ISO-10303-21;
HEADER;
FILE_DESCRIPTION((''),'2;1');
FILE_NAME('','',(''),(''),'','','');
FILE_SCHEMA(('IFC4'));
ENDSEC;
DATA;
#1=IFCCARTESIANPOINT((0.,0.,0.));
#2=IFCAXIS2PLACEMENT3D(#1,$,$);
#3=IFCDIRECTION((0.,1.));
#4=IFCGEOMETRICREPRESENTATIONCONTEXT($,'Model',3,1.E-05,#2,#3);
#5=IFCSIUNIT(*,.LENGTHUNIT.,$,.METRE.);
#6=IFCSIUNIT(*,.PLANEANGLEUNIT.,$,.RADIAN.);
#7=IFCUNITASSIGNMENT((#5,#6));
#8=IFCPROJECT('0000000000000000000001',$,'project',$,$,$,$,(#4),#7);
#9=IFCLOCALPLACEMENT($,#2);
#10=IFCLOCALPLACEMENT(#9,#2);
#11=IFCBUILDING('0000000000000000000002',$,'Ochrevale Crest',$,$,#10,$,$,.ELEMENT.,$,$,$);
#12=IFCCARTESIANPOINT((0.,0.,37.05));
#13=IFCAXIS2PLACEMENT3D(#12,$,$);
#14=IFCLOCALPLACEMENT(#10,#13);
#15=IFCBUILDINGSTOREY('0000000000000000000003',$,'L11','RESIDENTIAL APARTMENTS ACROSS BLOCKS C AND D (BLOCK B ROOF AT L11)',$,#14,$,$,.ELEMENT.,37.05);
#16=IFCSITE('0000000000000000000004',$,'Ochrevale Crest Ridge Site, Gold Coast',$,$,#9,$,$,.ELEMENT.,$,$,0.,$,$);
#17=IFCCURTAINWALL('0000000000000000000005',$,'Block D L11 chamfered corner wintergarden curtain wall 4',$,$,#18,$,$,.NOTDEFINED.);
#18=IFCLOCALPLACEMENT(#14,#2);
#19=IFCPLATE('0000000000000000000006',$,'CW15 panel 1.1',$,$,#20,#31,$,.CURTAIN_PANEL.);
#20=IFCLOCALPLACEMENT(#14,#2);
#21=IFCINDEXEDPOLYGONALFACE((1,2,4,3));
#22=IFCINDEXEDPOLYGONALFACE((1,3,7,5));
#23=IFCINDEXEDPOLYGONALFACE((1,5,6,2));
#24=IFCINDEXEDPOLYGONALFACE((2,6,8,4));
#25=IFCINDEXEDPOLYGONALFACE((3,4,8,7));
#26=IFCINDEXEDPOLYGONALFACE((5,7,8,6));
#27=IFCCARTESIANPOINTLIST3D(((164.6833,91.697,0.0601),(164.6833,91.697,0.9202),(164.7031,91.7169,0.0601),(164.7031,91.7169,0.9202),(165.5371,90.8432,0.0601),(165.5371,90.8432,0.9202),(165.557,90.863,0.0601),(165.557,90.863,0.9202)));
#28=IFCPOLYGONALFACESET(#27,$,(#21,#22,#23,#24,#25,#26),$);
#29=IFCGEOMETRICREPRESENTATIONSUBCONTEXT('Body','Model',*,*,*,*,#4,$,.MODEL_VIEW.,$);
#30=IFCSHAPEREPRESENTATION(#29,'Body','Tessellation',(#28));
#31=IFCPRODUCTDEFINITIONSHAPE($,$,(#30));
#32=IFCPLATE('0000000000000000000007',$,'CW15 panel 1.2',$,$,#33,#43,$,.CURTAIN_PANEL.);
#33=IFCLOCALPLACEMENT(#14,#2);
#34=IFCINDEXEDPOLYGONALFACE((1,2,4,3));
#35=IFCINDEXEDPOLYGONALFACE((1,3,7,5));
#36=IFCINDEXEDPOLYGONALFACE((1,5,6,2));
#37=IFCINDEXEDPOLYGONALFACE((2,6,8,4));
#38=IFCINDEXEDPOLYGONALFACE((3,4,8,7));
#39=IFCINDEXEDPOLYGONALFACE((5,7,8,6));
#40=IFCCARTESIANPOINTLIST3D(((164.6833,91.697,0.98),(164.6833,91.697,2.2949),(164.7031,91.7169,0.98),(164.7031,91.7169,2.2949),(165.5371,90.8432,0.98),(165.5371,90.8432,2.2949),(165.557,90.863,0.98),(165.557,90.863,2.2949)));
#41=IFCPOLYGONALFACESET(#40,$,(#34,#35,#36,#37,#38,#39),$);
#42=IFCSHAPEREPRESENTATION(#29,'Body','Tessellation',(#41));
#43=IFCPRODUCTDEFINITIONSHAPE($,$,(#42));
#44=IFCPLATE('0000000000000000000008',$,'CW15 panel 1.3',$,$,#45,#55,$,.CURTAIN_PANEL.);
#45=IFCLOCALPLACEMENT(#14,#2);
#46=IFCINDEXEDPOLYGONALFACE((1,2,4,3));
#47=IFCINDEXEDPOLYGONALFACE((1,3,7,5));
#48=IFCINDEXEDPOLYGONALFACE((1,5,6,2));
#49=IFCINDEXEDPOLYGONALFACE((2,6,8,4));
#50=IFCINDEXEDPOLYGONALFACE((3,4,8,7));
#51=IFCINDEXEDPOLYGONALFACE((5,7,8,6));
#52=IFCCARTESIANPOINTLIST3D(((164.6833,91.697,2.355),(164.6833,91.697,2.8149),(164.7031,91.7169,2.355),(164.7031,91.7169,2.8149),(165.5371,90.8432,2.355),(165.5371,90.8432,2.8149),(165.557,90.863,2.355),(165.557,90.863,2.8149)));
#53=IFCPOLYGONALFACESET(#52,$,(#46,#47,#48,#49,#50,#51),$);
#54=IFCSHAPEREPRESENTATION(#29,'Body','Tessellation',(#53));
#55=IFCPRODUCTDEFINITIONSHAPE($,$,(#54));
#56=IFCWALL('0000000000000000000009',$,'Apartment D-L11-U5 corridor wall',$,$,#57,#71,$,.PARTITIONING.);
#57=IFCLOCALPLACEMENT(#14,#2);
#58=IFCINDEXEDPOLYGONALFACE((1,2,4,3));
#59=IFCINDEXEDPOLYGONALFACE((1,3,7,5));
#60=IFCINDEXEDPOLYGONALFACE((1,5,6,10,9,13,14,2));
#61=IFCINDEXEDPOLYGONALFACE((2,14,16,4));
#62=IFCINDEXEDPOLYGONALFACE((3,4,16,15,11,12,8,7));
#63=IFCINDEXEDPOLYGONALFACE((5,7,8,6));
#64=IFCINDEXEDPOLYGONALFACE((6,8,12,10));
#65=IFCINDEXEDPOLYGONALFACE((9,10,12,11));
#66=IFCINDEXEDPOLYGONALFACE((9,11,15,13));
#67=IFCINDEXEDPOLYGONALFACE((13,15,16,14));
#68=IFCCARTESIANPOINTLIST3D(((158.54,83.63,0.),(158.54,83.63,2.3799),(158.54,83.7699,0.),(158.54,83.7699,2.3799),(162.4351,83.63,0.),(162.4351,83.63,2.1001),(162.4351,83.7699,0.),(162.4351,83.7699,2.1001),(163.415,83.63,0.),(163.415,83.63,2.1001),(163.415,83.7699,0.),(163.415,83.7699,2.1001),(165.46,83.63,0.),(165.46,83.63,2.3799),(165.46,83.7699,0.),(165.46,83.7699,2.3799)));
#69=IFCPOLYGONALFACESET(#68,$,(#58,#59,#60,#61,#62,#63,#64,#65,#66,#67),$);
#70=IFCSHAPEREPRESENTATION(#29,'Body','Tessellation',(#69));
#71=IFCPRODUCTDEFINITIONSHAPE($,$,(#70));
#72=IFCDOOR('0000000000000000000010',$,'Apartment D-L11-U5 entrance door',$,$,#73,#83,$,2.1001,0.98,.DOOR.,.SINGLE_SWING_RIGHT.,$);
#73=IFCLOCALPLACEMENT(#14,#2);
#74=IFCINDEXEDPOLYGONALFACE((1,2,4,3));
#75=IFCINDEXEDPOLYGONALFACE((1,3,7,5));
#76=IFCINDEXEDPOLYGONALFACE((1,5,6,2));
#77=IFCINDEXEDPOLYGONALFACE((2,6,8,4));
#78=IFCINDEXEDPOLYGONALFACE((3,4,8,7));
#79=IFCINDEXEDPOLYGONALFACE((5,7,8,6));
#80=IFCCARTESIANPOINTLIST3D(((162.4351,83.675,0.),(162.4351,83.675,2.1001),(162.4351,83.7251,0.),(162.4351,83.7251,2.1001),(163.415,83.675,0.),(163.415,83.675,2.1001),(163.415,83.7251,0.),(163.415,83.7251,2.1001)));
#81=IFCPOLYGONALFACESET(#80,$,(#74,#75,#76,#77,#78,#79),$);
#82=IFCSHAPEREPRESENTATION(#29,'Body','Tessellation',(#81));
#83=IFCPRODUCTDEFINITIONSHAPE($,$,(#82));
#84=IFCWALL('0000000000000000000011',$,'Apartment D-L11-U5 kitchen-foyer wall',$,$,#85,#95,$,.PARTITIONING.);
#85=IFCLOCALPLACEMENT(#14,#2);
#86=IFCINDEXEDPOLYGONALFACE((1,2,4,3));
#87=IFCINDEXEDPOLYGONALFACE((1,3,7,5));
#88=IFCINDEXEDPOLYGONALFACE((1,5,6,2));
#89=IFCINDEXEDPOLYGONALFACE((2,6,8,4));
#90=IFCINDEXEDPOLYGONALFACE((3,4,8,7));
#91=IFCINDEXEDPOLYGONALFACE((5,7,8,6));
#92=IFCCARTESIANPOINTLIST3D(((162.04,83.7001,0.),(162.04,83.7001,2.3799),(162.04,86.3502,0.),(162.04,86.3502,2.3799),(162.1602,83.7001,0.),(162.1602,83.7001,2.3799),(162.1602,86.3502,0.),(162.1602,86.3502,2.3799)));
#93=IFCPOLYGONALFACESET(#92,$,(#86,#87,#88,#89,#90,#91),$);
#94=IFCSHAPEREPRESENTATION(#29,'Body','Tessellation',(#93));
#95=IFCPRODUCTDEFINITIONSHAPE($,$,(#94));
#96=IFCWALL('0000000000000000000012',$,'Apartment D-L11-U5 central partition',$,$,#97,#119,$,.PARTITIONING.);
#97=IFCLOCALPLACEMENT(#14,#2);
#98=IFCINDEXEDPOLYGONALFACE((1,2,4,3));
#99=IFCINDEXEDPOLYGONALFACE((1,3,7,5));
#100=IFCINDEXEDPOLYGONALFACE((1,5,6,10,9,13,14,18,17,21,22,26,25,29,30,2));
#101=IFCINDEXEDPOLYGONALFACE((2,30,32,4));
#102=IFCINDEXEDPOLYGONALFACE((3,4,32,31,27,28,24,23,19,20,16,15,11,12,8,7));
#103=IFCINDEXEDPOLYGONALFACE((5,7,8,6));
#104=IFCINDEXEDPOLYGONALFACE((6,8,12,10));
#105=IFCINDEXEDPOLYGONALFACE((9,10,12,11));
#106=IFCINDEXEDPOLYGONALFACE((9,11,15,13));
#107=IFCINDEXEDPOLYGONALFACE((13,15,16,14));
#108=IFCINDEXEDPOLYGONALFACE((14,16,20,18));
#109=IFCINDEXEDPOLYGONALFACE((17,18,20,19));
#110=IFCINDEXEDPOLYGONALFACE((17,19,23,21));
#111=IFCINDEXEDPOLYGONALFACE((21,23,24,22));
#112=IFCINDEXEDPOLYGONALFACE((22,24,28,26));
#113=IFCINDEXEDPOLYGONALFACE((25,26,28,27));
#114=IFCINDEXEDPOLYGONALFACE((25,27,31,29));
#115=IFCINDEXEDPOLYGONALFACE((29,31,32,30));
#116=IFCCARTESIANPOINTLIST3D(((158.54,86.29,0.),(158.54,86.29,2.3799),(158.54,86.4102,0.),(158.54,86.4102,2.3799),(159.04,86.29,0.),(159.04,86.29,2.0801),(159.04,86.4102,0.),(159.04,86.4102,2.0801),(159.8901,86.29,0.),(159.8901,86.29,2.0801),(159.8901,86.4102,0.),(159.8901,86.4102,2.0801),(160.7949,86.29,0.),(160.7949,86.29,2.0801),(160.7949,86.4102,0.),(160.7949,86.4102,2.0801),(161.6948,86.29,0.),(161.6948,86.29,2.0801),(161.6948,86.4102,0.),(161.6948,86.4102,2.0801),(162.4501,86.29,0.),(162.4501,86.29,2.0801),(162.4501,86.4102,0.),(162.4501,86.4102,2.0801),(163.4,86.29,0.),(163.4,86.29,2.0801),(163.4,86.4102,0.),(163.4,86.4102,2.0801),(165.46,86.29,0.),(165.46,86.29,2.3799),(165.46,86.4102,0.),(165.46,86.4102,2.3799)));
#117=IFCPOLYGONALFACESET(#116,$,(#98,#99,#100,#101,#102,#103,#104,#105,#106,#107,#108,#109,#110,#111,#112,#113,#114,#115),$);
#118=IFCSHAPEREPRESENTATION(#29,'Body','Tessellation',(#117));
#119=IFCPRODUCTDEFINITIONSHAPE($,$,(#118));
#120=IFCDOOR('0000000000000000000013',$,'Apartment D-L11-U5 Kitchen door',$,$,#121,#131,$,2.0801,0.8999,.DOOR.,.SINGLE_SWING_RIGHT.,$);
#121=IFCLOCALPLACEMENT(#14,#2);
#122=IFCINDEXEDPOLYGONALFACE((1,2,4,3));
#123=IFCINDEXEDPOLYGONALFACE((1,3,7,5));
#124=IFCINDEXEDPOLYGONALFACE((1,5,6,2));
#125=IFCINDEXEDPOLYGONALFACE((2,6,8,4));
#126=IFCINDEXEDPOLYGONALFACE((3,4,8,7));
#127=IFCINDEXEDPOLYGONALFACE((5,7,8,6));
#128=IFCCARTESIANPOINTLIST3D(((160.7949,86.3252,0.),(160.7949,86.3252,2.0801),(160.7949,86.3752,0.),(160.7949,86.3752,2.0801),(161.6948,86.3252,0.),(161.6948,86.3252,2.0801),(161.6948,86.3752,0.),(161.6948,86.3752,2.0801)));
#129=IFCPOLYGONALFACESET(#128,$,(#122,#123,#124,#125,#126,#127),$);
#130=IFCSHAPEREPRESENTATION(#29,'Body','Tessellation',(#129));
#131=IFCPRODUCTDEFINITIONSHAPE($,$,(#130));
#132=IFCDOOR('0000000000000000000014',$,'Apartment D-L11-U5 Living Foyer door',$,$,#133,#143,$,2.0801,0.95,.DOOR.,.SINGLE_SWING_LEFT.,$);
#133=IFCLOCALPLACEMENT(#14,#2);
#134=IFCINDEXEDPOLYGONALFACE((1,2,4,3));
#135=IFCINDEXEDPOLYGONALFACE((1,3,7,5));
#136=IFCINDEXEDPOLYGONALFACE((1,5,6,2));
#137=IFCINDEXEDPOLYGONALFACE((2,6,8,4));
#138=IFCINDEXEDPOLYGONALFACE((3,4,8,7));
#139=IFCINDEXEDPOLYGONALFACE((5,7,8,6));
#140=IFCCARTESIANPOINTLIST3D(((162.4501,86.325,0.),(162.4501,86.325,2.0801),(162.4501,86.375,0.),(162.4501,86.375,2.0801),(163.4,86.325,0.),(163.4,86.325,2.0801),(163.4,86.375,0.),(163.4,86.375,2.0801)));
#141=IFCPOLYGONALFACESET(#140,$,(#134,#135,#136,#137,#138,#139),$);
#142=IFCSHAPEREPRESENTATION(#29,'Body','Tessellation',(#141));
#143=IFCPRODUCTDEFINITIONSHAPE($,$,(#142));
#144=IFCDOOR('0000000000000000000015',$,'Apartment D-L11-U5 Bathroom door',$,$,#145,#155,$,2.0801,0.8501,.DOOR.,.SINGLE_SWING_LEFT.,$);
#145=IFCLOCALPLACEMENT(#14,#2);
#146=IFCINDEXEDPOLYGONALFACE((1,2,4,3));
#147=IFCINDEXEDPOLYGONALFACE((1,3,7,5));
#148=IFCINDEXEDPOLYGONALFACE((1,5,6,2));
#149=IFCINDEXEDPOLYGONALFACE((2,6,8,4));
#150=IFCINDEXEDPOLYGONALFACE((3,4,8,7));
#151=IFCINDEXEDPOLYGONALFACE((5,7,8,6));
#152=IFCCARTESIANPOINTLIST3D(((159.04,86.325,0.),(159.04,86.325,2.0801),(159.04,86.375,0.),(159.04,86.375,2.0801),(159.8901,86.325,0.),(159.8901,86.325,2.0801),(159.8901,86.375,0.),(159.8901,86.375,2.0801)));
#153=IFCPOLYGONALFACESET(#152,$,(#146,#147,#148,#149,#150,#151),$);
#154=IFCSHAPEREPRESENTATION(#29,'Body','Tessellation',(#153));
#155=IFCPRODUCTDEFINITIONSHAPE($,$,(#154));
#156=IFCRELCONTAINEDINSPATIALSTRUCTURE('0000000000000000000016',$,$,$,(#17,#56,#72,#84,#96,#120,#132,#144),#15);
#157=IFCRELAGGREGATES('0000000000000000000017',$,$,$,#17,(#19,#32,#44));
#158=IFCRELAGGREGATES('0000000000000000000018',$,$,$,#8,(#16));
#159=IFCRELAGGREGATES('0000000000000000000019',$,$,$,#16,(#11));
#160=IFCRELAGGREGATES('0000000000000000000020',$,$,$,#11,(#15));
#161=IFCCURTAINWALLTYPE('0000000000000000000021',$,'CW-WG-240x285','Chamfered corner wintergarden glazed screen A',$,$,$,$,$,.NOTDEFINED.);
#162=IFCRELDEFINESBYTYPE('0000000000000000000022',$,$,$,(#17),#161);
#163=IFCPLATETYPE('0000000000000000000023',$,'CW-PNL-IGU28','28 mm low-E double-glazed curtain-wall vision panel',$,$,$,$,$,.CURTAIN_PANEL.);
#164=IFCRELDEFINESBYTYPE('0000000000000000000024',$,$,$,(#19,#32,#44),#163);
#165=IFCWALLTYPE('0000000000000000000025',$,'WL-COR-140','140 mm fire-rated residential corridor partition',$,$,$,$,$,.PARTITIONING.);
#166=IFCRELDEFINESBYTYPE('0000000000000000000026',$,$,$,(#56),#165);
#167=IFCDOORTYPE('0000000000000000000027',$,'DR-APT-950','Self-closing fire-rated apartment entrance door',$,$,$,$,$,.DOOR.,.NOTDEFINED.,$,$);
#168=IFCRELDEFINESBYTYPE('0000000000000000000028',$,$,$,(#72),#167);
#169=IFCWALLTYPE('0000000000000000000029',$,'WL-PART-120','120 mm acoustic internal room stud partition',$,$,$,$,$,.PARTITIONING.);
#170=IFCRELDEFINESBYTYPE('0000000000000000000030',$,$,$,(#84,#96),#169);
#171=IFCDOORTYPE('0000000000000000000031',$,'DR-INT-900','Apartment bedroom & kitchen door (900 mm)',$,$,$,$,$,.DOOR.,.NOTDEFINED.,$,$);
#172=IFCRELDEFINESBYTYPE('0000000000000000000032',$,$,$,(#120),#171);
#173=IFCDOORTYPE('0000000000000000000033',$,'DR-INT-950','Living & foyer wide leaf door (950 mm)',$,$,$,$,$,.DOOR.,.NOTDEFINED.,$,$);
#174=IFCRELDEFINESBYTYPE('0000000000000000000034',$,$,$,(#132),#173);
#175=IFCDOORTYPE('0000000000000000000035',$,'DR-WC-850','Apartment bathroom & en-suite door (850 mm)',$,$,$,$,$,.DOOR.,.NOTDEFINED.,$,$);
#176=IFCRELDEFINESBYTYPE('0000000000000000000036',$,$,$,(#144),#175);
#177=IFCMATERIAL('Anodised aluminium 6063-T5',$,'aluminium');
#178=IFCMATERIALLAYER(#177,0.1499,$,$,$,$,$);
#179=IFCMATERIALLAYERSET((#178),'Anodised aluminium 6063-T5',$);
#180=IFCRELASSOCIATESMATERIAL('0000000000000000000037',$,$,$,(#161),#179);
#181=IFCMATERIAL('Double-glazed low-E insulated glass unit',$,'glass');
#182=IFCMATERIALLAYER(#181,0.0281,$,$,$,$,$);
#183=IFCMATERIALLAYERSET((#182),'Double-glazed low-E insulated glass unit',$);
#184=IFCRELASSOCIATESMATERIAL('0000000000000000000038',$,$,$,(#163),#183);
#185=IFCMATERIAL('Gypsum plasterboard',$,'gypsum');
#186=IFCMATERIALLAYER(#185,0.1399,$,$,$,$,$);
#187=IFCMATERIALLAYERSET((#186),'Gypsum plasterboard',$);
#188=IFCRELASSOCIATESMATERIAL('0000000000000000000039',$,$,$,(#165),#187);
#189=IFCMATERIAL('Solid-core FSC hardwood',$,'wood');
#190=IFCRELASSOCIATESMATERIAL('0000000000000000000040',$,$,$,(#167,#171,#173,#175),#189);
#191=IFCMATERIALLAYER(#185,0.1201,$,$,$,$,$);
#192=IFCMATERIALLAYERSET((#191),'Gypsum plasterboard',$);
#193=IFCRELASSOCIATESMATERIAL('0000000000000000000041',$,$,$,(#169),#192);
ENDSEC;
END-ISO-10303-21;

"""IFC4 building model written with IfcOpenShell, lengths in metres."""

from ifc_helpers import new_model, si_unit, direction, frame, frame_2d, origin, origin_2d, place, context, subcontext, project, spatial, rectangle, extrude, material, layer, layer_set, type_object, element, fill, aggregate, save


model = new_model("IFC4")

# Units and contexts
model_context = context("Model", 3, precision=1e-05, world=origin(), true_north=direction((0.0, 1.0)))
body_context = subcontext(model_context, "Body", "Model", "MODEL_VIEW")
ifc_project = project(units=[si_unit("LENGTHUNIT", "METRE"), si_unit("PLANEANGLEUNIT", "RADIAN")], contexts=[model_context])

# Site, building, storey
site_placement = place(None, origin())
site = spatial("IfcSite", under=ifc_project, at=site_placement, Name="Ochrevale Crest Ridge Site, Gold Coast", CompositionType="ELEMENT", RefElevation=0.0)
building_placement = place(site_placement, origin())
building = spatial("IfcBuilding", under=site, at=building_placement, Name="Ochrevale Crest", CompositionType="ELEMENT")
storey_placement = place(building_placement, frame((0.0, 0.0, 37.05)))
storey = spatial("IfcBuildingStorey", under=building, at=storey_placement, Name="L11", Description="RESIDENTIAL APARTMENTS ACROSS BLOCKS C AND D (BLOCK B ROOF AT L11)", CompositionType="ELEMENT", Elevation=37.05)

# Curtain wall, plates
ifc_material_1 = material(Name="Anodised aluminium 6063-T5", Category="aluminium")
ifc_layer_1 = layer(ifc_material_1, 0.1499)
ifc_layer_set_1 = layer_set([ifc_layer_1], Name="Anodised aluminium 6063-T5")
curtain_wall_type = type_object("IfcCurtainWallType", Name="CW-WG-240x285", Description="Chamfered corner wintergarden glazed screen A", PredefinedType="NOTDEFINED", material=ifc_layer_set_1)
curtain_wall_placement = place(storey_placement, origin())
curtain_wall = element("IfcCurtainWall", 1, at=curtain_wall_placement, inside=storey, type_object=curtain_wall_type, Name="Block D L11 chamfered corner wintergarden curtain wall 4", PredefinedType="NOTDEFINED")
ifc_material_2 = material(Name="Double-glazed low-E insulated glass unit", Category="glass")
ifc_layer_2 = layer(ifc_material_2, 0.0281)
ifc_layer_set_2 = layer_set([ifc_layer_2], Name="Double-glazed low-E insulated glass unit")
plate_type = type_object("IfcPlateType", Name="CW-PNL-IGU28", Description="28 mm low-E double-glazed curtain-wall vision panel", PredefinedType="CURTAIN_PANEL", material=ifc_layer_set_2)
plate_1_placement = place(storey_placement, frame((165.1201, 91.28, 0.0601), z_axis=(0.0, 0.0, 1.0), x_axis=(-0.707107, 0.707107, 0.0)))
plate_1 = element("IfcPlate", 2, at=plate_1_placement, type_object=plate_type, Name="CW15 panel 1.1", PredefinedType="CURTAIN_PANEL", context=body_context, shape_type="SweptSolid", body=[
    extrude(rectangle(XDim=1.2075, YDim=0.0281, at=origin_2d()), origin(), (0.0, 0.0, 1.0), 0.8601),
])
plate_2_placement = place(storey_placement, frame((165.1201, 91.28, 0.98), z_axis=(0.0, 0.0, 1.0), x_axis=(-0.707107, 0.707107, 0.0)))
plate_2 = element("IfcPlate", 3, at=plate_2_placement, type_object=plate_type, Name="CW15 panel 1.2", PredefinedType="CURTAIN_PANEL", context=body_context, shape_type="SweptSolid", body=[
    extrude(rectangle(XDim=1.2075, YDim=0.0281, at=origin_2d()), origin(), (0.0, 0.0, 1.0), 1.3149),
])
plate_3_placement = place(storey_placement, frame((165.1201, 91.28, 2.355), z_axis=(0.0, 0.0, 1.0), x_axis=(-0.707107, 0.707107, 0.0)))
plate_3 = element("IfcPlate", 4, at=plate_3_placement, type_object=plate_type, Name="CW15 panel 1.3", PredefinedType="CURTAIN_PANEL", context=body_context, shape_type="SweptSolid", body=[
    extrude(rectangle(XDim=1.2075, YDim=0.0281, at=origin_2d()), origin(), (0.0, 0.0, 1.0), 0.46),
])
aggregate(curtain_wall, [plate_1, plate_2, plate_3])

# Wall, opening, door
ifc_material_3 = material(Name="Gypsum plasterboard", Category="gypsum")
ifc_layer_3 = layer(ifc_material_3, 0.1399)
ifc_layer_set_3 = layer_set([ifc_layer_3], Name="Gypsum plasterboard")
wall_type_1 = type_object("IfcWallType", Name="WL-COR-140", Description="140 mm fire-rated residential corridor partition", PredefinedType="PARTITIONING", material=ifc_layer_set_3)
wall_1_placement = place(storey_placement, frame((158.54, 83.7, 0.0), z_axis=(0.0, 0.0, 1.0), x_axis=(1.0, 0.0, 0.0)))
wall_1 = element("IfcWall", 5, at=wall_1_placement, inside=storey, type_object=wall_type_1, Name="Apartment D-L11-U5 corridor wall", PredefinedType="PARTITIONING", context=body_context, shape_type="SweptSolid", body=[
    extrude(rectangle(XDim=6.9199, YDim=0.1399, at=frame_2d((3.46, 0.0))), origin(), (0.0, 0.0, 1.0), 2.3799),
])
opening_1_placement = place(wall_1_placement, frame((4.875, 0.0, 0.0), z_axis=(0.0, 0.0, 1.0), x_axis=(-1.0, 0.0, 0.0)))
opening_1 = element("IfcOpeningElement", 6, at=opening_1_placement, cuts=wall_1, PredefinedType="OPENING", context=body_context, shape_type="SweptSolid", body=[
    extrude(rectangle(XDim=0.98, YDim=2.1001, at=frame_2d((0.49, 1.05))), frame((0.0, 0.0801, 0.0), z_axis=(0.0, -1.0, 0.0), x_axis=(1.0, 0.0, 0.0)), (0.0, 0.0, 1.0), 0.1599),
])
ifc_material_4 = material(Name="Solid-core FSC hardwood", Category="wood")
door_type_1 = type_object("IfcDoorType", Name="DR-APT-950", Description="Self-closing fire-rated apartment entrance door", OperationType="NOTDEFINED", PredefinedType="DOOR", material=ifc_material_4)
door_1_placement = place(opening_1_placement, origin())
door_1 = element("IfcDoor", 7, at=door_1_placement, inside=storey, type_object=door_type_1, Name="Apartment D-L11-U5 entrance door", OperationType="SINGLE_SWING_RIGHT", OverallHeight=2.1001, OverallWidth=0.98, PredefinedType="DOOR", context=body_context, shape_type="SweptSolid", body=[
    extrude(rectangle(XDim=0.98, YDim=2.1001, at=frame_2d((0.49, 1.05))), frame((0.0, 0.0249, 0.0), z_axis=(0.0, -1.0, 0.0), x_axis=(1.0, 0.0, 0.0)), (0.0, 0.0, 1.0), 0.05),
])
fill(opening_1, door_1)

# Wall
ifc_layer_4 = layer(ifc_material_3, 0.1201)
ifc_layer_set_4 = layer_set([ifc_layer_4], Name="Gypsum plasterboard")
wall_type_2 = type_object("IfcWallType", Name="WL-PART-120", Description="120 mm acoustic internal room stud partition", PredefinedType="PARTITIONING", material=ifc_layer_set_4)
wall_2_placement = place(storey_placement, frame((162.1001, 83.7, 0.0), z_axis=(0.0, 0.0, 1.0), x_axis=(0.0, 1.0, 0.0)))
element("IfcWall", 8, at=wall_2_placement, inside=storey, type_object=wall_type_2, Name="Apartment D-L11-U5 kitchen-foyer wall", PredefinedType="PARTITIONING", context=body_context, shape_type="SweptSolid", body=[
    extrude(rectangle(XDim=2.6501, YDim=0.1201, at=frame_2d((1.3252, 0.0))), origin(), (0.0, 0.0, 1.0), 2.3799),
])

# Wall, openings, doors
wall_3_placement = place(storey_placement, frame((158.54, 86.3501, 0.0), z_axis=(0.0, 0.0, 1.0), x_axis=(1.0, 0.0, 0.0)))
wall_3 = element("IfcWall", 9, at=wall_3_placement, inside=storey, type_object=wall_type_2, Name="Apartment D-L11-U5 central partition", PredefinedType="PARTITIONING", context=body_context, shape_type="SweptSolid", body=[
    extrude(rectangle(XDim=6.9199, YDim=0.1201, at=frame_2d((3.46, 0.0))), origin(), (0.0, 0.0, 1.0), 2.3799),
])
opening_2_placement = place(wall_3_placement, frame((0.5, 0.0, 0.0)))
opening_2 = element("IfcOpeningElement", 10, at=opening_2_placement, cuts=wall_3, PredefinedType="OPENING", context=body_context, shape_type="SweptSolid", body=[
    extrude(rectangle(XDim=0.8501, YDim=2.0801, at=frame_2d((0.425, 1.04))), frame((0.0, 0.0701, 0.0), z_axis=(0.0, -1.0, 0.0), x_axis=(1.0, 0.0, 0.0)), (0.0, 0.0, 1.0), 0.1401),
])
opening_3_placement = place(wall_3_placement, frame((3.1548, 0.0, 0.0), z_axis=(0.0, 0.0, 1.0), x_axis=(-1.0, 0.0, 0.0)))
opening_3 = element("IfcOpeningElement", 11, at=opening_3_placement, cuts=wall_3, PredefinedType="OPENING", context=body_context, shape_type="SweptSolid", body=[
    extrude(rectangle(XDim=0.8999, YDim=2.0801, at=frame_2d((0.45, 1.04))), frame((0.0, 0.0701, 0.0), z_axis=(0.0, -1.0, 0.0), x_axis=(1.0, 0.0, 0.0)), (0.0, 0.0, 1.0), 0.1401),
])
opening_4_placement = place(wall_3_placement, frame((3.9099, 0.0, 0.0)))
opening_4 = element("IfcOpeningElement", 12, at=opening_4_placement, cuts=wall_3, PredefinedType="OPENING", context=body_context, shape_type="SweptSolid", body=[
    extrude(rectangle(XDim=0.95, YDim=2.0801, at=frame_2d((0.4751, 1.04))), frame((0.0, 0.0701, 0.0), z_axis=(0.0, -1.0, 0.0), x_axis=(1.0, 0.0, 0.0)), (0.0, 0.0, 1.0), 0.1401),
])
door_type_2 = type_object("IfcDoorType", Name="DR-INT-900", Description="Apartment bedroom & kitchen door (900 mm)", OperationType="NOTDEFINED", PredefinedType="DOOR", material=ifc_material_4)
door_2_placement = place(opening_3_placement, origin())
door_2 = element("IfcDoor", 13, at=door_2_placement, inside=storey, type_object=door_type_2, Name="Apartment D-L11-U5 Kitchen door", OperationType="SINGLE_SWING_RIGHT", OverallHeight=2.0801, OverallWidth=0.8999, PredefinedType="DOOR", context=body_context, shape_type="SweptSolid", body=[
    extrude(rectangle(XDim=0.8999, YDim=2.0801, at=frame_2d((0.45, 1.04))), frame((0.0, 0.0249, 0.0), z_axis=(0.0, -1.0, 0.0), x_axis=(1.0, 0.0, 0.0)), (0.0, 0.0, 1.0), 0.05),
])
fill(opening_3, door_2)
door_type_3 = type_object("IfcDoorType", Name="DR-INT-950", Description="Living & foyer wide leaf door (950 mm)", OperationType="NOTDEFINED", PredefinedType="DOOR", material=ifc_material_4)
door_3_placement = place(opening_4_placement, origin())
door_3 = element("IfcDoor", 14, at=door_3_placement, inside=storey, type_object=door_type_3, Name="Apartment D-L11-U5 Living Foyer door", OperationType="SINGLE_SWING_LEFT", OverallHeight=2.0801, OverallWidth=0.95, PredefinedType="DOOR", context=body_context, shape_type="SweptSolid", body=[
    extrude(rectangle(XDim=0.95, YDim=2.0801, at=frame_2d((0.4751, 1.04))), frame((0.0, 0.0249, 0.0), z_axis=(0.0, -1.0, 0.0), x_axis=(1.0, 0.0, 0.0)), (0.0, 0.0, 1.0), 0.05),
])
fill(opening_4, door_3)
door_type_4 = type_object("IfcDoorType", Name="DR-WC-850", Description="Apartment bathroom & en-suite door (850 mm)", OperationType="NOTDEFINED", PredefinedType="DOOR", material=ifc_material_4)
door_4_placement = place(opening_2_placement, origin())
door_4 = element("IfcDoor", 15, at=door_4_placement, inside=storey, type_object=door_type_4, Name="Apartment D-L11-U5 Bathroom door", OperationType="SINGLE_SWING_LEFT", OverallHeight=2.0801, OverallWidth=0.8501, PredefinedType="DOOR", context=body_context, shape_type="SweptSolid", body=[
    extrude(rectangle(XDim=0.8501, YDim=2.0801, at=frame_2d((0.425, 1.04))), frame((0.0, 0.0249, 0.0), z_axis=(0.0, -1.0, 0.0), x_axis=(1.0, 0.0, 0.0)), (0.0, 0.0, 1.0), 0.05),
])
fill(opening_2, door_4)

save(model, "model.ifc")
